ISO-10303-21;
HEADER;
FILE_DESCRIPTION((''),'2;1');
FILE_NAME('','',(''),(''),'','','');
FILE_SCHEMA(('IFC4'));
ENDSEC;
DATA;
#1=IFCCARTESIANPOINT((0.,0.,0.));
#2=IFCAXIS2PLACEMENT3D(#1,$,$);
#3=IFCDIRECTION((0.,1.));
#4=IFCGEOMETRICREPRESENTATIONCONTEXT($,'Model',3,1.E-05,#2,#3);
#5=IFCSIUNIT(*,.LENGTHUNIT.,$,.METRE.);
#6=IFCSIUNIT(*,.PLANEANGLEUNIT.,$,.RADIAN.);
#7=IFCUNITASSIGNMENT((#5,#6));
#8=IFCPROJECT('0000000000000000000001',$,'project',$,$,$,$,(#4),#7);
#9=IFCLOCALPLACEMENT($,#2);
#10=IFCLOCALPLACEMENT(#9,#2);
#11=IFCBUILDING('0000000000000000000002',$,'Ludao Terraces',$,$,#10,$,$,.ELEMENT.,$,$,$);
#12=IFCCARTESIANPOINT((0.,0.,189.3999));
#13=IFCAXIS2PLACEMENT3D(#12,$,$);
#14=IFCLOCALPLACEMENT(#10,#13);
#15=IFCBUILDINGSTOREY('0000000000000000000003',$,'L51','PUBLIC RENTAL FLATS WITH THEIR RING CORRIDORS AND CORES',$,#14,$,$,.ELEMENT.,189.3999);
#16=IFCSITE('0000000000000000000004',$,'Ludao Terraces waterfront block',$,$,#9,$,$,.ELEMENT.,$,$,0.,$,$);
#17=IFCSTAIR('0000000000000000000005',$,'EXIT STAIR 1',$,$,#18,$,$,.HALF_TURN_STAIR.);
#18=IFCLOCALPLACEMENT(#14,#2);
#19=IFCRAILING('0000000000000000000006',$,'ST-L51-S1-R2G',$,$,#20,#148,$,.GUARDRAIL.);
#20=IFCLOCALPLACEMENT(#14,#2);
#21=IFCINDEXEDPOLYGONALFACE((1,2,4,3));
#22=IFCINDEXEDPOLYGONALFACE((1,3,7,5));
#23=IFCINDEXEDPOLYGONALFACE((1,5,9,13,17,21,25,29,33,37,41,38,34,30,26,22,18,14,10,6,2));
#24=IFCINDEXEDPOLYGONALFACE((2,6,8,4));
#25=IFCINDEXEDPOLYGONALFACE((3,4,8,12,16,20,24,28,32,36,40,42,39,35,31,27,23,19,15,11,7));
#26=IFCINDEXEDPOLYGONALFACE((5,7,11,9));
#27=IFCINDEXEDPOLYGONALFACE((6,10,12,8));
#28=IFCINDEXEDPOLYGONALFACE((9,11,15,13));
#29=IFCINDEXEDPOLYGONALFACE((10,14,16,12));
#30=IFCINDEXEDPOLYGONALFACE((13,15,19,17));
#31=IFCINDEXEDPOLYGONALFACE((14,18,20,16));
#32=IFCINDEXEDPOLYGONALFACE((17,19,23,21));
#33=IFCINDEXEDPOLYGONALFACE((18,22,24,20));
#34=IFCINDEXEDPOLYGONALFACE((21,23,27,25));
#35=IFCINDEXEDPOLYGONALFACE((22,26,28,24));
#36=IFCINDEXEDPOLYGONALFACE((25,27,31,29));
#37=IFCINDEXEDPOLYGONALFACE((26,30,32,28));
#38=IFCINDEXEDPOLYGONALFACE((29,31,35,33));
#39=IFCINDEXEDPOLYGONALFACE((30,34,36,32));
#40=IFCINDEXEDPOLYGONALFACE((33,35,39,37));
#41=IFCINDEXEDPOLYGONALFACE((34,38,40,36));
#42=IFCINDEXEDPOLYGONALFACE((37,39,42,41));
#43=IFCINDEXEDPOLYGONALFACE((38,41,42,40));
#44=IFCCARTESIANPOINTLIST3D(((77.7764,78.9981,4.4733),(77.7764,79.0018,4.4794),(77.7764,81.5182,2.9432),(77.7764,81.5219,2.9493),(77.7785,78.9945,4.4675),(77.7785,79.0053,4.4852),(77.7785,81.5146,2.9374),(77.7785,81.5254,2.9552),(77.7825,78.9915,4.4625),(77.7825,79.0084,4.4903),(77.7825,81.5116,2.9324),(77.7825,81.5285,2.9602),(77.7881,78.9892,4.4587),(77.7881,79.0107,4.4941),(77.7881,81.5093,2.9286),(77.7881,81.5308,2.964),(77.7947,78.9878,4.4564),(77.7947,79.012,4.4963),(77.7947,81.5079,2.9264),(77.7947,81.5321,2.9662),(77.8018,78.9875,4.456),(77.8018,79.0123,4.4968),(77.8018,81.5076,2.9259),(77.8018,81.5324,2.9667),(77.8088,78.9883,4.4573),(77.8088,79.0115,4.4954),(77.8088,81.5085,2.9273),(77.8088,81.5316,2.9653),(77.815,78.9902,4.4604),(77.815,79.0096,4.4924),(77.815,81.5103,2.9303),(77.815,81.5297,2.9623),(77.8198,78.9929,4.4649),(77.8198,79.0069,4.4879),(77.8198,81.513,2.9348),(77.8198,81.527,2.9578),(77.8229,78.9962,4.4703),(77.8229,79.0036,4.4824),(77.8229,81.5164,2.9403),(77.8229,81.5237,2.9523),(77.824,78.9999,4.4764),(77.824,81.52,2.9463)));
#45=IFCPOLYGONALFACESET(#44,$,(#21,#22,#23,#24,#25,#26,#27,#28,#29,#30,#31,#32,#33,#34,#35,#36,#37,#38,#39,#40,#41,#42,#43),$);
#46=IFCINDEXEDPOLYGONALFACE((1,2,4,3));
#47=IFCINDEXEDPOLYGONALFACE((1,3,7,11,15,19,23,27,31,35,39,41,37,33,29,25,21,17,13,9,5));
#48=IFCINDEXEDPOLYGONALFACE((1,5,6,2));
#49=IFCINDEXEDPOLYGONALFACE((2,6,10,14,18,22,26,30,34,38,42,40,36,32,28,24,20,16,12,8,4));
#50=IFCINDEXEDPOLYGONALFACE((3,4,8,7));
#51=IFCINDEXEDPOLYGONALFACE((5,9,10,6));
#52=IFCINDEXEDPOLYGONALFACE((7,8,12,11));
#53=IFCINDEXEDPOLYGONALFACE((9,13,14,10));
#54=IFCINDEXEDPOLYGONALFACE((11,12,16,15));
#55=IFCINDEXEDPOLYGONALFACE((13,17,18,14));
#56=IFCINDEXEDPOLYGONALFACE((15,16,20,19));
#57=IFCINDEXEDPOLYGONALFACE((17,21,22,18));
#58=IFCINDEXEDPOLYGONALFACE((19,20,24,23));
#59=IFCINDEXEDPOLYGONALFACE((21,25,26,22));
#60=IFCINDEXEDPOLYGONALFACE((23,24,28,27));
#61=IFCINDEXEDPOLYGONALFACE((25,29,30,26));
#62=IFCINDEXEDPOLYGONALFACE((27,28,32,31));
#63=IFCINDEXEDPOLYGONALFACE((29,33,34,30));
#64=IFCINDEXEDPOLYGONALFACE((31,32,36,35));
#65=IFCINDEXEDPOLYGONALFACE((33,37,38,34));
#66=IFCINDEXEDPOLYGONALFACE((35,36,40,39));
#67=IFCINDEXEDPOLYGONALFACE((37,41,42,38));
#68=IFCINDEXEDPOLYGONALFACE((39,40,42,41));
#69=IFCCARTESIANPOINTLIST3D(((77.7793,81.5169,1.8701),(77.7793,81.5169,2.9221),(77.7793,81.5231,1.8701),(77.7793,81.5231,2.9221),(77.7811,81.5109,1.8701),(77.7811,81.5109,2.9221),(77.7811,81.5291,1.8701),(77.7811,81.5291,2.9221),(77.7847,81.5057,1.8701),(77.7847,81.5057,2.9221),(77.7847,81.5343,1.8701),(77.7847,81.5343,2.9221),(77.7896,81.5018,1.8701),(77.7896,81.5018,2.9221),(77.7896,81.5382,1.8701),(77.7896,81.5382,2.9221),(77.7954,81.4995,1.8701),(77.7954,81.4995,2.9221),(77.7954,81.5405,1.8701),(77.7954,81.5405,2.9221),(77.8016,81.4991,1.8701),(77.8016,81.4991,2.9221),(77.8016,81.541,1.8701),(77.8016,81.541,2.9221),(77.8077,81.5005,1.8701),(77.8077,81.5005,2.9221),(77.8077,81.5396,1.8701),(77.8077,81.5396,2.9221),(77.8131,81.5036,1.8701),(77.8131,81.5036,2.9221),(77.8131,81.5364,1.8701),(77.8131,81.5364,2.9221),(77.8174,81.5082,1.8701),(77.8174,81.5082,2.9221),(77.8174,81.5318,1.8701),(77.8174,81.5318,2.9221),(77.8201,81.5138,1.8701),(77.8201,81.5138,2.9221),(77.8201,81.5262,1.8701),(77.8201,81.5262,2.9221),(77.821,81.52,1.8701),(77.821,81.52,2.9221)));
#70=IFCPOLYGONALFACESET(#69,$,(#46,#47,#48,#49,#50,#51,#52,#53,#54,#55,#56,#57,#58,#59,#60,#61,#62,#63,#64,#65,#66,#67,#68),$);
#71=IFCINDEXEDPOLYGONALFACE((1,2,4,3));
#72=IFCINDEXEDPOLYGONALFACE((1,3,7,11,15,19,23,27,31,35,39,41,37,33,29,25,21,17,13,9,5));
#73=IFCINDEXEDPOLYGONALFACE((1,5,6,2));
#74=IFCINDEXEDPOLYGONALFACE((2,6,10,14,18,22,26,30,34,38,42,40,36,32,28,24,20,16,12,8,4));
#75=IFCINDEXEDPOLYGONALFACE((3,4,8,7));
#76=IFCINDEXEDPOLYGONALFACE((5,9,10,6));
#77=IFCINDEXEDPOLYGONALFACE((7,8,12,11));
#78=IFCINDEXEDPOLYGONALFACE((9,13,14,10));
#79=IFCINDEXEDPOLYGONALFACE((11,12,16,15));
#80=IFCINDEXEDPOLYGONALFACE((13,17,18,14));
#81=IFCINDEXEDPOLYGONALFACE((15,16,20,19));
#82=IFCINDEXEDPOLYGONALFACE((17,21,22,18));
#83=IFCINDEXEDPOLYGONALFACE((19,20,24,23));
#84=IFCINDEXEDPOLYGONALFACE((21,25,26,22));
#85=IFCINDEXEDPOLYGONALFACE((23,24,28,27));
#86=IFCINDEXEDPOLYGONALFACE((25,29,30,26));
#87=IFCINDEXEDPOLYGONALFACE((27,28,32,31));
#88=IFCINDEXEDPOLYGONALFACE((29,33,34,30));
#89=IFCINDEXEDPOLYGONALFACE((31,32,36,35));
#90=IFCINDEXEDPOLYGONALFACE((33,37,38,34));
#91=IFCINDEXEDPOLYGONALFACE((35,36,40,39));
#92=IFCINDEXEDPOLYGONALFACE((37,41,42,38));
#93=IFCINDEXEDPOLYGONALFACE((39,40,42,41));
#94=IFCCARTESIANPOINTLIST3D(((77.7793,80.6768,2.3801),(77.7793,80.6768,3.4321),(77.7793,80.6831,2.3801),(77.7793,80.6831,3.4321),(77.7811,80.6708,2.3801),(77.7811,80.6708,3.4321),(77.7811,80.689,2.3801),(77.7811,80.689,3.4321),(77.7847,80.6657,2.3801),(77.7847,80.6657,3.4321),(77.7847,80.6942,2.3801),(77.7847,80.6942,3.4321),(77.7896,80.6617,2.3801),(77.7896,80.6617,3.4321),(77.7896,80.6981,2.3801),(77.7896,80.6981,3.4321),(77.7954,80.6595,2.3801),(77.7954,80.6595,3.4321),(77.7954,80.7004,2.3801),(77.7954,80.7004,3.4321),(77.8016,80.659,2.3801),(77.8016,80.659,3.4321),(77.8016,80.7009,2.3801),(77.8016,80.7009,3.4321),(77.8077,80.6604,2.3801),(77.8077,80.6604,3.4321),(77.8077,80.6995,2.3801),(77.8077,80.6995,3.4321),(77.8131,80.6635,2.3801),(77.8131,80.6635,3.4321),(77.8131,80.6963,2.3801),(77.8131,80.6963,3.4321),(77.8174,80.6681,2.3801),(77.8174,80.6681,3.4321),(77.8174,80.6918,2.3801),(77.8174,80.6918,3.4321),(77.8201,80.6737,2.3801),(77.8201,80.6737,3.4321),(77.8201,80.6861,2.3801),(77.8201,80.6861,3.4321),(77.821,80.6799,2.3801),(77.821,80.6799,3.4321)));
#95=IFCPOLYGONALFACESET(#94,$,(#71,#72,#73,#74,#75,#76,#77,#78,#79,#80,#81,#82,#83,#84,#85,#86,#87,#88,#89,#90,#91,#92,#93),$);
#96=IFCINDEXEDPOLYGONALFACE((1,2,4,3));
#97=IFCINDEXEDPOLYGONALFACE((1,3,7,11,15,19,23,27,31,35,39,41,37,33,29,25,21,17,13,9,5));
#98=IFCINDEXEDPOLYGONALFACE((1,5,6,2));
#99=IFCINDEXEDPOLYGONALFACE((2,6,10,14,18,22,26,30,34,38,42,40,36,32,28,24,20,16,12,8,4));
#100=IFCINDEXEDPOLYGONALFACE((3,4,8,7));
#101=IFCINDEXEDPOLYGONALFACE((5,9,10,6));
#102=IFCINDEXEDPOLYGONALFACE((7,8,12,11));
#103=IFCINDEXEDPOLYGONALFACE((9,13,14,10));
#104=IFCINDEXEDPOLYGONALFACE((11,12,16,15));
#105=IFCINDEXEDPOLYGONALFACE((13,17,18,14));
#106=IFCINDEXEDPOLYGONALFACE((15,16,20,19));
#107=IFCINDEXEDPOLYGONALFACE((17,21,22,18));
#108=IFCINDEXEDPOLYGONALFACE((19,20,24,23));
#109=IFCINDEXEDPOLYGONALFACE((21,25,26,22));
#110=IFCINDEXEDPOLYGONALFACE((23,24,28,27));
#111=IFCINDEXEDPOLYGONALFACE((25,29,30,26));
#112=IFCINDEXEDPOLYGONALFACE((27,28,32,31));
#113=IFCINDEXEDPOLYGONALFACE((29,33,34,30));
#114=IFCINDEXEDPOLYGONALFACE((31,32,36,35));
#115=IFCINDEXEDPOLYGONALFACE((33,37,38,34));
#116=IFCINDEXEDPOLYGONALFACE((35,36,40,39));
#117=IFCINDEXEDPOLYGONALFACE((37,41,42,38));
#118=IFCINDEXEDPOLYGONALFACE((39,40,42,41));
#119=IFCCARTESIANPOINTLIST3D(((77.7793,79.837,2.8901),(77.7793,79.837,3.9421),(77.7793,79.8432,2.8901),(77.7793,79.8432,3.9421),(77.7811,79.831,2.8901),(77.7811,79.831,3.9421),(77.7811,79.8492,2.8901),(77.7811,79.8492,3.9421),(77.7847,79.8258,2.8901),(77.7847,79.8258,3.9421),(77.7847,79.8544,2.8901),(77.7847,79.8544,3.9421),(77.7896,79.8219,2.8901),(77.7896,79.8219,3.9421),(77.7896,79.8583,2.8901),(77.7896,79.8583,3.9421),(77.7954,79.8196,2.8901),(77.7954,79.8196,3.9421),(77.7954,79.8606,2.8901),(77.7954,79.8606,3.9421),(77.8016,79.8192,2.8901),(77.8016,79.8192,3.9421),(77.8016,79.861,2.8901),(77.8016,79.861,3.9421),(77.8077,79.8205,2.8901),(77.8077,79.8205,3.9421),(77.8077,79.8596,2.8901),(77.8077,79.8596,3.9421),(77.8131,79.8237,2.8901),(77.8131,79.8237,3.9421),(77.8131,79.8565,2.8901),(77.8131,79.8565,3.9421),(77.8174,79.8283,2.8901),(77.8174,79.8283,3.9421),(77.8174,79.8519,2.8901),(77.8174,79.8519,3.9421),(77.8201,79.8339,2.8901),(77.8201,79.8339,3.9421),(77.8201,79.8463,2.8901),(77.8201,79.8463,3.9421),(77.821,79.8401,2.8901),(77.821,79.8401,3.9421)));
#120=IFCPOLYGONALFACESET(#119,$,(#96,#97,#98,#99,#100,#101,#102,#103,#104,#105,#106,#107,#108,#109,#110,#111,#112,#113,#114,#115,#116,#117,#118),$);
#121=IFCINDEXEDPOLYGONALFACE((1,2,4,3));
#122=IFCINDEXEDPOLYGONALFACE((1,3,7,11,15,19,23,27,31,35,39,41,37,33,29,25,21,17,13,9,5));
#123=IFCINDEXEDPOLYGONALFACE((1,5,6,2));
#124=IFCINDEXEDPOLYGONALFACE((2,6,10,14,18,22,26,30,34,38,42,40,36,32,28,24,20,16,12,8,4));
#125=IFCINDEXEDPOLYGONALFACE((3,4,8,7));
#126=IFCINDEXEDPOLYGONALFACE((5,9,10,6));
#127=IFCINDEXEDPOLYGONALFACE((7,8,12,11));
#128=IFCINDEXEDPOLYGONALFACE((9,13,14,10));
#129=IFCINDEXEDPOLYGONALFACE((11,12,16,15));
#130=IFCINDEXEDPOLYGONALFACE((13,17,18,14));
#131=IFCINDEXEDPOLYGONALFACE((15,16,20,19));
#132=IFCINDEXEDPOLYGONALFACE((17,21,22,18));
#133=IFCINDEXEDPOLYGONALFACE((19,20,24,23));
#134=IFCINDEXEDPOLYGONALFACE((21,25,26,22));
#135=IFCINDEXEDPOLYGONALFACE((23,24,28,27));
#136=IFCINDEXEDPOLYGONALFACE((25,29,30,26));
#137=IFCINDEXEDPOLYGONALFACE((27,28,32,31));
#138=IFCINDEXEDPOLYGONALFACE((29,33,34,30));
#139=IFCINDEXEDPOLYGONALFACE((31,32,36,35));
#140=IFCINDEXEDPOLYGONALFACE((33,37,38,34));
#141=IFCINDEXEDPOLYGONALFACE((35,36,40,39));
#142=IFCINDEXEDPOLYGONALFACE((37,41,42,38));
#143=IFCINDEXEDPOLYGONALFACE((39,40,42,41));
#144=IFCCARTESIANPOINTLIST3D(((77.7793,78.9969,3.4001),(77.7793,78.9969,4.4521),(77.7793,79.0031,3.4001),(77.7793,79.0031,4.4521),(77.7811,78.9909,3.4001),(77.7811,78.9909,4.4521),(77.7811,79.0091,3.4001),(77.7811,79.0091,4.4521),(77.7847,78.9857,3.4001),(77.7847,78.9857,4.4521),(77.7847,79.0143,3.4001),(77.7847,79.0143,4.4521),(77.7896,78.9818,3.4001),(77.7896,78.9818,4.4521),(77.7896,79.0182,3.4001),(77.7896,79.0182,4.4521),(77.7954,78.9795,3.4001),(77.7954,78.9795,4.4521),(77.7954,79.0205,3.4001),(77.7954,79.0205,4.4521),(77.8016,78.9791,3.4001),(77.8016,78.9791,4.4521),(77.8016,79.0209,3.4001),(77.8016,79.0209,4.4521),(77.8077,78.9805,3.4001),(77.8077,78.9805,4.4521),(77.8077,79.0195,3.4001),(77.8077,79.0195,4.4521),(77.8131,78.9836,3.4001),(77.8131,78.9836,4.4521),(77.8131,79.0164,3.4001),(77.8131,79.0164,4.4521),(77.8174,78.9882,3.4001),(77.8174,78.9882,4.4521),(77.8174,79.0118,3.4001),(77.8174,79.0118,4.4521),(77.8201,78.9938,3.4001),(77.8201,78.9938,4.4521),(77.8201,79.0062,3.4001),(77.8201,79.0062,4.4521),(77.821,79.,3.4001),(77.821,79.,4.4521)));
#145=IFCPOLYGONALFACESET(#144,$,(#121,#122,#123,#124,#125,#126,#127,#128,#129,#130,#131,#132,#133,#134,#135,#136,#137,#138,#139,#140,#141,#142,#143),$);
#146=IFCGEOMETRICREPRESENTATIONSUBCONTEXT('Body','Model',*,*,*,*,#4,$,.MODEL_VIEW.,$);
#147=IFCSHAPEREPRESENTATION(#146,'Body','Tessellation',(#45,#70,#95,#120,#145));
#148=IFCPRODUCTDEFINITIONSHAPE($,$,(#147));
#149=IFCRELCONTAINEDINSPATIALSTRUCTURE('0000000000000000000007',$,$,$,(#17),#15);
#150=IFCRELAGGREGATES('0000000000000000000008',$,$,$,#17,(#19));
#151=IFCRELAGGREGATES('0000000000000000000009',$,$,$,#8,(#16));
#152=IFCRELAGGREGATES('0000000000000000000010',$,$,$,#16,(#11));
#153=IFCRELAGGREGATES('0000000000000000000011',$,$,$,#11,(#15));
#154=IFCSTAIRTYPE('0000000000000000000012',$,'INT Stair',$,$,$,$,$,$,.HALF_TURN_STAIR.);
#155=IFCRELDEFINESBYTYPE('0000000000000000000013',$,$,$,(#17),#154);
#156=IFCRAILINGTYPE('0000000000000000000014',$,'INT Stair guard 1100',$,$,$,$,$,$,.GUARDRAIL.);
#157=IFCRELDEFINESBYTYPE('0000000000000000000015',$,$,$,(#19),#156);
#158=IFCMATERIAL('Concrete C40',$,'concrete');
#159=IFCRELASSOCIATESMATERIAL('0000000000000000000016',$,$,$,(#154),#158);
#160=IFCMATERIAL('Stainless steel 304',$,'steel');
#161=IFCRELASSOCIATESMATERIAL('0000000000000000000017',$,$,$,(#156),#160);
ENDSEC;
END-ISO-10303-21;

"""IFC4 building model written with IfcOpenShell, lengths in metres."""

from ifc_helpers import new_model, si_unit, direction, frame, origin, origin_2d, place, context, subcontext, project, spatial, circle, extrude, material, type_object, element, aggregate, save


model = new_model("IFC4")

# Units and contexts
model_context = context("Model", 3, precision=1e-05, world=origin(), true_north=direction((0.0, 1.0)))
body_context = subcontext(model_context, "Body", "Model", "MODEL_VIEW")
ifc_project = project(units=[si_unit("LENGTHUNIT", "METRE"), si_unit("PLANEANGLEUNIT", "RADIAN")], contexts=[model_context])

# Site, building, storey
site_placement = place(None, origin())
site = spatial("IfcSite", under=ifc_project, at=site_placement, Name="Ludao Terraces waterfront block", CompositionType="ELEMENT", RefElevation=0.0)
building_placement = place(site_placement, origin())
building = spatial("IfcBuilding", under=site, at=building_placement, Name="Ludao Terraces", CompositionType="ELEMENT")
storey_placement = place(building_placement, frame((0.0, 0.0, 189.3999)))
storey = spatial("IfcBuildingStorey", under=building, at=storey_placement, Name="L51", Description="PUBLIC RENTAL FLATS WITH THEIR RING CORRIDORS AND CORES", CompositionType="ELEMENT", Elevation=189.3999)

# Shared definitions
ifc_material_1 = material(Name="Concrete C40", Category="concrete")

# Shared definitions
ifc_material_2 = material(Name="Stainless steel 304", Category="steel")

# Stair, railing
stair_type = type_object("IfcStairType", Name="INT Stair", PredefinedType="HALF_TURN_STAIR", material=ifc_material_1)
stair_placement = place(storey_placement, origin())
stair = element("IfcStair", 1, at=stair_placement, inside=storey, type_object=stair_type, Name="EXIT STAIR 1", PredefinedType="HALF_TURN_STAIR")
railing_type_1 = type_object("IfcRailingType", Name="INT Stair guard 1100", PredefinedType="GUARDRAIL", material=ifc_material_2)
railing_1_placement = place(storey_placement, frame((77.8, 81.52, 1.8701)))
railing_1 = element("IfcRailing", 2, at=railing_1_placement, type_object=railing_type_1, Name="ST-L51-S1-R2G", PredefinedType="GUARDRAIL", context=body_context, shape_type="SweptSolid", body=[
    extrude(circle(Radius=0.0239, at=origin_2d()), frame((0.0, 0.0, 1.0762), z_axis=(0.0, -0.854785, 0.518982), x_axis=(1.0, 0.0, 0.0)), (0.0, 0.0, 1.0), 2.9482),
    extrude(circle(Radius=0.021, at=origin_2d()), origin(), (0.0, 0.0, 1.0), 1.052),
    extrude(circle(Radius=0.021, at=origin_2d()), frame((0.0, -0.8401, 0.51)), (0.0, 0.0, 1.0), 1.052),
    extrude(circle(Radius=0.021, at=origin_2d()), frame((0.0, -1.6799, 1.02)), (0.0, 0.0, 1.0), 1.052),
    extrude(circle(Radius=0.021, at=origin_2d()), frame((0.0, -2.52, 1.53)), (0.0, 0.0, 1.0), 1.052),
])
aggregate(stair, [railing_1])

save(model, "model.ifc")
